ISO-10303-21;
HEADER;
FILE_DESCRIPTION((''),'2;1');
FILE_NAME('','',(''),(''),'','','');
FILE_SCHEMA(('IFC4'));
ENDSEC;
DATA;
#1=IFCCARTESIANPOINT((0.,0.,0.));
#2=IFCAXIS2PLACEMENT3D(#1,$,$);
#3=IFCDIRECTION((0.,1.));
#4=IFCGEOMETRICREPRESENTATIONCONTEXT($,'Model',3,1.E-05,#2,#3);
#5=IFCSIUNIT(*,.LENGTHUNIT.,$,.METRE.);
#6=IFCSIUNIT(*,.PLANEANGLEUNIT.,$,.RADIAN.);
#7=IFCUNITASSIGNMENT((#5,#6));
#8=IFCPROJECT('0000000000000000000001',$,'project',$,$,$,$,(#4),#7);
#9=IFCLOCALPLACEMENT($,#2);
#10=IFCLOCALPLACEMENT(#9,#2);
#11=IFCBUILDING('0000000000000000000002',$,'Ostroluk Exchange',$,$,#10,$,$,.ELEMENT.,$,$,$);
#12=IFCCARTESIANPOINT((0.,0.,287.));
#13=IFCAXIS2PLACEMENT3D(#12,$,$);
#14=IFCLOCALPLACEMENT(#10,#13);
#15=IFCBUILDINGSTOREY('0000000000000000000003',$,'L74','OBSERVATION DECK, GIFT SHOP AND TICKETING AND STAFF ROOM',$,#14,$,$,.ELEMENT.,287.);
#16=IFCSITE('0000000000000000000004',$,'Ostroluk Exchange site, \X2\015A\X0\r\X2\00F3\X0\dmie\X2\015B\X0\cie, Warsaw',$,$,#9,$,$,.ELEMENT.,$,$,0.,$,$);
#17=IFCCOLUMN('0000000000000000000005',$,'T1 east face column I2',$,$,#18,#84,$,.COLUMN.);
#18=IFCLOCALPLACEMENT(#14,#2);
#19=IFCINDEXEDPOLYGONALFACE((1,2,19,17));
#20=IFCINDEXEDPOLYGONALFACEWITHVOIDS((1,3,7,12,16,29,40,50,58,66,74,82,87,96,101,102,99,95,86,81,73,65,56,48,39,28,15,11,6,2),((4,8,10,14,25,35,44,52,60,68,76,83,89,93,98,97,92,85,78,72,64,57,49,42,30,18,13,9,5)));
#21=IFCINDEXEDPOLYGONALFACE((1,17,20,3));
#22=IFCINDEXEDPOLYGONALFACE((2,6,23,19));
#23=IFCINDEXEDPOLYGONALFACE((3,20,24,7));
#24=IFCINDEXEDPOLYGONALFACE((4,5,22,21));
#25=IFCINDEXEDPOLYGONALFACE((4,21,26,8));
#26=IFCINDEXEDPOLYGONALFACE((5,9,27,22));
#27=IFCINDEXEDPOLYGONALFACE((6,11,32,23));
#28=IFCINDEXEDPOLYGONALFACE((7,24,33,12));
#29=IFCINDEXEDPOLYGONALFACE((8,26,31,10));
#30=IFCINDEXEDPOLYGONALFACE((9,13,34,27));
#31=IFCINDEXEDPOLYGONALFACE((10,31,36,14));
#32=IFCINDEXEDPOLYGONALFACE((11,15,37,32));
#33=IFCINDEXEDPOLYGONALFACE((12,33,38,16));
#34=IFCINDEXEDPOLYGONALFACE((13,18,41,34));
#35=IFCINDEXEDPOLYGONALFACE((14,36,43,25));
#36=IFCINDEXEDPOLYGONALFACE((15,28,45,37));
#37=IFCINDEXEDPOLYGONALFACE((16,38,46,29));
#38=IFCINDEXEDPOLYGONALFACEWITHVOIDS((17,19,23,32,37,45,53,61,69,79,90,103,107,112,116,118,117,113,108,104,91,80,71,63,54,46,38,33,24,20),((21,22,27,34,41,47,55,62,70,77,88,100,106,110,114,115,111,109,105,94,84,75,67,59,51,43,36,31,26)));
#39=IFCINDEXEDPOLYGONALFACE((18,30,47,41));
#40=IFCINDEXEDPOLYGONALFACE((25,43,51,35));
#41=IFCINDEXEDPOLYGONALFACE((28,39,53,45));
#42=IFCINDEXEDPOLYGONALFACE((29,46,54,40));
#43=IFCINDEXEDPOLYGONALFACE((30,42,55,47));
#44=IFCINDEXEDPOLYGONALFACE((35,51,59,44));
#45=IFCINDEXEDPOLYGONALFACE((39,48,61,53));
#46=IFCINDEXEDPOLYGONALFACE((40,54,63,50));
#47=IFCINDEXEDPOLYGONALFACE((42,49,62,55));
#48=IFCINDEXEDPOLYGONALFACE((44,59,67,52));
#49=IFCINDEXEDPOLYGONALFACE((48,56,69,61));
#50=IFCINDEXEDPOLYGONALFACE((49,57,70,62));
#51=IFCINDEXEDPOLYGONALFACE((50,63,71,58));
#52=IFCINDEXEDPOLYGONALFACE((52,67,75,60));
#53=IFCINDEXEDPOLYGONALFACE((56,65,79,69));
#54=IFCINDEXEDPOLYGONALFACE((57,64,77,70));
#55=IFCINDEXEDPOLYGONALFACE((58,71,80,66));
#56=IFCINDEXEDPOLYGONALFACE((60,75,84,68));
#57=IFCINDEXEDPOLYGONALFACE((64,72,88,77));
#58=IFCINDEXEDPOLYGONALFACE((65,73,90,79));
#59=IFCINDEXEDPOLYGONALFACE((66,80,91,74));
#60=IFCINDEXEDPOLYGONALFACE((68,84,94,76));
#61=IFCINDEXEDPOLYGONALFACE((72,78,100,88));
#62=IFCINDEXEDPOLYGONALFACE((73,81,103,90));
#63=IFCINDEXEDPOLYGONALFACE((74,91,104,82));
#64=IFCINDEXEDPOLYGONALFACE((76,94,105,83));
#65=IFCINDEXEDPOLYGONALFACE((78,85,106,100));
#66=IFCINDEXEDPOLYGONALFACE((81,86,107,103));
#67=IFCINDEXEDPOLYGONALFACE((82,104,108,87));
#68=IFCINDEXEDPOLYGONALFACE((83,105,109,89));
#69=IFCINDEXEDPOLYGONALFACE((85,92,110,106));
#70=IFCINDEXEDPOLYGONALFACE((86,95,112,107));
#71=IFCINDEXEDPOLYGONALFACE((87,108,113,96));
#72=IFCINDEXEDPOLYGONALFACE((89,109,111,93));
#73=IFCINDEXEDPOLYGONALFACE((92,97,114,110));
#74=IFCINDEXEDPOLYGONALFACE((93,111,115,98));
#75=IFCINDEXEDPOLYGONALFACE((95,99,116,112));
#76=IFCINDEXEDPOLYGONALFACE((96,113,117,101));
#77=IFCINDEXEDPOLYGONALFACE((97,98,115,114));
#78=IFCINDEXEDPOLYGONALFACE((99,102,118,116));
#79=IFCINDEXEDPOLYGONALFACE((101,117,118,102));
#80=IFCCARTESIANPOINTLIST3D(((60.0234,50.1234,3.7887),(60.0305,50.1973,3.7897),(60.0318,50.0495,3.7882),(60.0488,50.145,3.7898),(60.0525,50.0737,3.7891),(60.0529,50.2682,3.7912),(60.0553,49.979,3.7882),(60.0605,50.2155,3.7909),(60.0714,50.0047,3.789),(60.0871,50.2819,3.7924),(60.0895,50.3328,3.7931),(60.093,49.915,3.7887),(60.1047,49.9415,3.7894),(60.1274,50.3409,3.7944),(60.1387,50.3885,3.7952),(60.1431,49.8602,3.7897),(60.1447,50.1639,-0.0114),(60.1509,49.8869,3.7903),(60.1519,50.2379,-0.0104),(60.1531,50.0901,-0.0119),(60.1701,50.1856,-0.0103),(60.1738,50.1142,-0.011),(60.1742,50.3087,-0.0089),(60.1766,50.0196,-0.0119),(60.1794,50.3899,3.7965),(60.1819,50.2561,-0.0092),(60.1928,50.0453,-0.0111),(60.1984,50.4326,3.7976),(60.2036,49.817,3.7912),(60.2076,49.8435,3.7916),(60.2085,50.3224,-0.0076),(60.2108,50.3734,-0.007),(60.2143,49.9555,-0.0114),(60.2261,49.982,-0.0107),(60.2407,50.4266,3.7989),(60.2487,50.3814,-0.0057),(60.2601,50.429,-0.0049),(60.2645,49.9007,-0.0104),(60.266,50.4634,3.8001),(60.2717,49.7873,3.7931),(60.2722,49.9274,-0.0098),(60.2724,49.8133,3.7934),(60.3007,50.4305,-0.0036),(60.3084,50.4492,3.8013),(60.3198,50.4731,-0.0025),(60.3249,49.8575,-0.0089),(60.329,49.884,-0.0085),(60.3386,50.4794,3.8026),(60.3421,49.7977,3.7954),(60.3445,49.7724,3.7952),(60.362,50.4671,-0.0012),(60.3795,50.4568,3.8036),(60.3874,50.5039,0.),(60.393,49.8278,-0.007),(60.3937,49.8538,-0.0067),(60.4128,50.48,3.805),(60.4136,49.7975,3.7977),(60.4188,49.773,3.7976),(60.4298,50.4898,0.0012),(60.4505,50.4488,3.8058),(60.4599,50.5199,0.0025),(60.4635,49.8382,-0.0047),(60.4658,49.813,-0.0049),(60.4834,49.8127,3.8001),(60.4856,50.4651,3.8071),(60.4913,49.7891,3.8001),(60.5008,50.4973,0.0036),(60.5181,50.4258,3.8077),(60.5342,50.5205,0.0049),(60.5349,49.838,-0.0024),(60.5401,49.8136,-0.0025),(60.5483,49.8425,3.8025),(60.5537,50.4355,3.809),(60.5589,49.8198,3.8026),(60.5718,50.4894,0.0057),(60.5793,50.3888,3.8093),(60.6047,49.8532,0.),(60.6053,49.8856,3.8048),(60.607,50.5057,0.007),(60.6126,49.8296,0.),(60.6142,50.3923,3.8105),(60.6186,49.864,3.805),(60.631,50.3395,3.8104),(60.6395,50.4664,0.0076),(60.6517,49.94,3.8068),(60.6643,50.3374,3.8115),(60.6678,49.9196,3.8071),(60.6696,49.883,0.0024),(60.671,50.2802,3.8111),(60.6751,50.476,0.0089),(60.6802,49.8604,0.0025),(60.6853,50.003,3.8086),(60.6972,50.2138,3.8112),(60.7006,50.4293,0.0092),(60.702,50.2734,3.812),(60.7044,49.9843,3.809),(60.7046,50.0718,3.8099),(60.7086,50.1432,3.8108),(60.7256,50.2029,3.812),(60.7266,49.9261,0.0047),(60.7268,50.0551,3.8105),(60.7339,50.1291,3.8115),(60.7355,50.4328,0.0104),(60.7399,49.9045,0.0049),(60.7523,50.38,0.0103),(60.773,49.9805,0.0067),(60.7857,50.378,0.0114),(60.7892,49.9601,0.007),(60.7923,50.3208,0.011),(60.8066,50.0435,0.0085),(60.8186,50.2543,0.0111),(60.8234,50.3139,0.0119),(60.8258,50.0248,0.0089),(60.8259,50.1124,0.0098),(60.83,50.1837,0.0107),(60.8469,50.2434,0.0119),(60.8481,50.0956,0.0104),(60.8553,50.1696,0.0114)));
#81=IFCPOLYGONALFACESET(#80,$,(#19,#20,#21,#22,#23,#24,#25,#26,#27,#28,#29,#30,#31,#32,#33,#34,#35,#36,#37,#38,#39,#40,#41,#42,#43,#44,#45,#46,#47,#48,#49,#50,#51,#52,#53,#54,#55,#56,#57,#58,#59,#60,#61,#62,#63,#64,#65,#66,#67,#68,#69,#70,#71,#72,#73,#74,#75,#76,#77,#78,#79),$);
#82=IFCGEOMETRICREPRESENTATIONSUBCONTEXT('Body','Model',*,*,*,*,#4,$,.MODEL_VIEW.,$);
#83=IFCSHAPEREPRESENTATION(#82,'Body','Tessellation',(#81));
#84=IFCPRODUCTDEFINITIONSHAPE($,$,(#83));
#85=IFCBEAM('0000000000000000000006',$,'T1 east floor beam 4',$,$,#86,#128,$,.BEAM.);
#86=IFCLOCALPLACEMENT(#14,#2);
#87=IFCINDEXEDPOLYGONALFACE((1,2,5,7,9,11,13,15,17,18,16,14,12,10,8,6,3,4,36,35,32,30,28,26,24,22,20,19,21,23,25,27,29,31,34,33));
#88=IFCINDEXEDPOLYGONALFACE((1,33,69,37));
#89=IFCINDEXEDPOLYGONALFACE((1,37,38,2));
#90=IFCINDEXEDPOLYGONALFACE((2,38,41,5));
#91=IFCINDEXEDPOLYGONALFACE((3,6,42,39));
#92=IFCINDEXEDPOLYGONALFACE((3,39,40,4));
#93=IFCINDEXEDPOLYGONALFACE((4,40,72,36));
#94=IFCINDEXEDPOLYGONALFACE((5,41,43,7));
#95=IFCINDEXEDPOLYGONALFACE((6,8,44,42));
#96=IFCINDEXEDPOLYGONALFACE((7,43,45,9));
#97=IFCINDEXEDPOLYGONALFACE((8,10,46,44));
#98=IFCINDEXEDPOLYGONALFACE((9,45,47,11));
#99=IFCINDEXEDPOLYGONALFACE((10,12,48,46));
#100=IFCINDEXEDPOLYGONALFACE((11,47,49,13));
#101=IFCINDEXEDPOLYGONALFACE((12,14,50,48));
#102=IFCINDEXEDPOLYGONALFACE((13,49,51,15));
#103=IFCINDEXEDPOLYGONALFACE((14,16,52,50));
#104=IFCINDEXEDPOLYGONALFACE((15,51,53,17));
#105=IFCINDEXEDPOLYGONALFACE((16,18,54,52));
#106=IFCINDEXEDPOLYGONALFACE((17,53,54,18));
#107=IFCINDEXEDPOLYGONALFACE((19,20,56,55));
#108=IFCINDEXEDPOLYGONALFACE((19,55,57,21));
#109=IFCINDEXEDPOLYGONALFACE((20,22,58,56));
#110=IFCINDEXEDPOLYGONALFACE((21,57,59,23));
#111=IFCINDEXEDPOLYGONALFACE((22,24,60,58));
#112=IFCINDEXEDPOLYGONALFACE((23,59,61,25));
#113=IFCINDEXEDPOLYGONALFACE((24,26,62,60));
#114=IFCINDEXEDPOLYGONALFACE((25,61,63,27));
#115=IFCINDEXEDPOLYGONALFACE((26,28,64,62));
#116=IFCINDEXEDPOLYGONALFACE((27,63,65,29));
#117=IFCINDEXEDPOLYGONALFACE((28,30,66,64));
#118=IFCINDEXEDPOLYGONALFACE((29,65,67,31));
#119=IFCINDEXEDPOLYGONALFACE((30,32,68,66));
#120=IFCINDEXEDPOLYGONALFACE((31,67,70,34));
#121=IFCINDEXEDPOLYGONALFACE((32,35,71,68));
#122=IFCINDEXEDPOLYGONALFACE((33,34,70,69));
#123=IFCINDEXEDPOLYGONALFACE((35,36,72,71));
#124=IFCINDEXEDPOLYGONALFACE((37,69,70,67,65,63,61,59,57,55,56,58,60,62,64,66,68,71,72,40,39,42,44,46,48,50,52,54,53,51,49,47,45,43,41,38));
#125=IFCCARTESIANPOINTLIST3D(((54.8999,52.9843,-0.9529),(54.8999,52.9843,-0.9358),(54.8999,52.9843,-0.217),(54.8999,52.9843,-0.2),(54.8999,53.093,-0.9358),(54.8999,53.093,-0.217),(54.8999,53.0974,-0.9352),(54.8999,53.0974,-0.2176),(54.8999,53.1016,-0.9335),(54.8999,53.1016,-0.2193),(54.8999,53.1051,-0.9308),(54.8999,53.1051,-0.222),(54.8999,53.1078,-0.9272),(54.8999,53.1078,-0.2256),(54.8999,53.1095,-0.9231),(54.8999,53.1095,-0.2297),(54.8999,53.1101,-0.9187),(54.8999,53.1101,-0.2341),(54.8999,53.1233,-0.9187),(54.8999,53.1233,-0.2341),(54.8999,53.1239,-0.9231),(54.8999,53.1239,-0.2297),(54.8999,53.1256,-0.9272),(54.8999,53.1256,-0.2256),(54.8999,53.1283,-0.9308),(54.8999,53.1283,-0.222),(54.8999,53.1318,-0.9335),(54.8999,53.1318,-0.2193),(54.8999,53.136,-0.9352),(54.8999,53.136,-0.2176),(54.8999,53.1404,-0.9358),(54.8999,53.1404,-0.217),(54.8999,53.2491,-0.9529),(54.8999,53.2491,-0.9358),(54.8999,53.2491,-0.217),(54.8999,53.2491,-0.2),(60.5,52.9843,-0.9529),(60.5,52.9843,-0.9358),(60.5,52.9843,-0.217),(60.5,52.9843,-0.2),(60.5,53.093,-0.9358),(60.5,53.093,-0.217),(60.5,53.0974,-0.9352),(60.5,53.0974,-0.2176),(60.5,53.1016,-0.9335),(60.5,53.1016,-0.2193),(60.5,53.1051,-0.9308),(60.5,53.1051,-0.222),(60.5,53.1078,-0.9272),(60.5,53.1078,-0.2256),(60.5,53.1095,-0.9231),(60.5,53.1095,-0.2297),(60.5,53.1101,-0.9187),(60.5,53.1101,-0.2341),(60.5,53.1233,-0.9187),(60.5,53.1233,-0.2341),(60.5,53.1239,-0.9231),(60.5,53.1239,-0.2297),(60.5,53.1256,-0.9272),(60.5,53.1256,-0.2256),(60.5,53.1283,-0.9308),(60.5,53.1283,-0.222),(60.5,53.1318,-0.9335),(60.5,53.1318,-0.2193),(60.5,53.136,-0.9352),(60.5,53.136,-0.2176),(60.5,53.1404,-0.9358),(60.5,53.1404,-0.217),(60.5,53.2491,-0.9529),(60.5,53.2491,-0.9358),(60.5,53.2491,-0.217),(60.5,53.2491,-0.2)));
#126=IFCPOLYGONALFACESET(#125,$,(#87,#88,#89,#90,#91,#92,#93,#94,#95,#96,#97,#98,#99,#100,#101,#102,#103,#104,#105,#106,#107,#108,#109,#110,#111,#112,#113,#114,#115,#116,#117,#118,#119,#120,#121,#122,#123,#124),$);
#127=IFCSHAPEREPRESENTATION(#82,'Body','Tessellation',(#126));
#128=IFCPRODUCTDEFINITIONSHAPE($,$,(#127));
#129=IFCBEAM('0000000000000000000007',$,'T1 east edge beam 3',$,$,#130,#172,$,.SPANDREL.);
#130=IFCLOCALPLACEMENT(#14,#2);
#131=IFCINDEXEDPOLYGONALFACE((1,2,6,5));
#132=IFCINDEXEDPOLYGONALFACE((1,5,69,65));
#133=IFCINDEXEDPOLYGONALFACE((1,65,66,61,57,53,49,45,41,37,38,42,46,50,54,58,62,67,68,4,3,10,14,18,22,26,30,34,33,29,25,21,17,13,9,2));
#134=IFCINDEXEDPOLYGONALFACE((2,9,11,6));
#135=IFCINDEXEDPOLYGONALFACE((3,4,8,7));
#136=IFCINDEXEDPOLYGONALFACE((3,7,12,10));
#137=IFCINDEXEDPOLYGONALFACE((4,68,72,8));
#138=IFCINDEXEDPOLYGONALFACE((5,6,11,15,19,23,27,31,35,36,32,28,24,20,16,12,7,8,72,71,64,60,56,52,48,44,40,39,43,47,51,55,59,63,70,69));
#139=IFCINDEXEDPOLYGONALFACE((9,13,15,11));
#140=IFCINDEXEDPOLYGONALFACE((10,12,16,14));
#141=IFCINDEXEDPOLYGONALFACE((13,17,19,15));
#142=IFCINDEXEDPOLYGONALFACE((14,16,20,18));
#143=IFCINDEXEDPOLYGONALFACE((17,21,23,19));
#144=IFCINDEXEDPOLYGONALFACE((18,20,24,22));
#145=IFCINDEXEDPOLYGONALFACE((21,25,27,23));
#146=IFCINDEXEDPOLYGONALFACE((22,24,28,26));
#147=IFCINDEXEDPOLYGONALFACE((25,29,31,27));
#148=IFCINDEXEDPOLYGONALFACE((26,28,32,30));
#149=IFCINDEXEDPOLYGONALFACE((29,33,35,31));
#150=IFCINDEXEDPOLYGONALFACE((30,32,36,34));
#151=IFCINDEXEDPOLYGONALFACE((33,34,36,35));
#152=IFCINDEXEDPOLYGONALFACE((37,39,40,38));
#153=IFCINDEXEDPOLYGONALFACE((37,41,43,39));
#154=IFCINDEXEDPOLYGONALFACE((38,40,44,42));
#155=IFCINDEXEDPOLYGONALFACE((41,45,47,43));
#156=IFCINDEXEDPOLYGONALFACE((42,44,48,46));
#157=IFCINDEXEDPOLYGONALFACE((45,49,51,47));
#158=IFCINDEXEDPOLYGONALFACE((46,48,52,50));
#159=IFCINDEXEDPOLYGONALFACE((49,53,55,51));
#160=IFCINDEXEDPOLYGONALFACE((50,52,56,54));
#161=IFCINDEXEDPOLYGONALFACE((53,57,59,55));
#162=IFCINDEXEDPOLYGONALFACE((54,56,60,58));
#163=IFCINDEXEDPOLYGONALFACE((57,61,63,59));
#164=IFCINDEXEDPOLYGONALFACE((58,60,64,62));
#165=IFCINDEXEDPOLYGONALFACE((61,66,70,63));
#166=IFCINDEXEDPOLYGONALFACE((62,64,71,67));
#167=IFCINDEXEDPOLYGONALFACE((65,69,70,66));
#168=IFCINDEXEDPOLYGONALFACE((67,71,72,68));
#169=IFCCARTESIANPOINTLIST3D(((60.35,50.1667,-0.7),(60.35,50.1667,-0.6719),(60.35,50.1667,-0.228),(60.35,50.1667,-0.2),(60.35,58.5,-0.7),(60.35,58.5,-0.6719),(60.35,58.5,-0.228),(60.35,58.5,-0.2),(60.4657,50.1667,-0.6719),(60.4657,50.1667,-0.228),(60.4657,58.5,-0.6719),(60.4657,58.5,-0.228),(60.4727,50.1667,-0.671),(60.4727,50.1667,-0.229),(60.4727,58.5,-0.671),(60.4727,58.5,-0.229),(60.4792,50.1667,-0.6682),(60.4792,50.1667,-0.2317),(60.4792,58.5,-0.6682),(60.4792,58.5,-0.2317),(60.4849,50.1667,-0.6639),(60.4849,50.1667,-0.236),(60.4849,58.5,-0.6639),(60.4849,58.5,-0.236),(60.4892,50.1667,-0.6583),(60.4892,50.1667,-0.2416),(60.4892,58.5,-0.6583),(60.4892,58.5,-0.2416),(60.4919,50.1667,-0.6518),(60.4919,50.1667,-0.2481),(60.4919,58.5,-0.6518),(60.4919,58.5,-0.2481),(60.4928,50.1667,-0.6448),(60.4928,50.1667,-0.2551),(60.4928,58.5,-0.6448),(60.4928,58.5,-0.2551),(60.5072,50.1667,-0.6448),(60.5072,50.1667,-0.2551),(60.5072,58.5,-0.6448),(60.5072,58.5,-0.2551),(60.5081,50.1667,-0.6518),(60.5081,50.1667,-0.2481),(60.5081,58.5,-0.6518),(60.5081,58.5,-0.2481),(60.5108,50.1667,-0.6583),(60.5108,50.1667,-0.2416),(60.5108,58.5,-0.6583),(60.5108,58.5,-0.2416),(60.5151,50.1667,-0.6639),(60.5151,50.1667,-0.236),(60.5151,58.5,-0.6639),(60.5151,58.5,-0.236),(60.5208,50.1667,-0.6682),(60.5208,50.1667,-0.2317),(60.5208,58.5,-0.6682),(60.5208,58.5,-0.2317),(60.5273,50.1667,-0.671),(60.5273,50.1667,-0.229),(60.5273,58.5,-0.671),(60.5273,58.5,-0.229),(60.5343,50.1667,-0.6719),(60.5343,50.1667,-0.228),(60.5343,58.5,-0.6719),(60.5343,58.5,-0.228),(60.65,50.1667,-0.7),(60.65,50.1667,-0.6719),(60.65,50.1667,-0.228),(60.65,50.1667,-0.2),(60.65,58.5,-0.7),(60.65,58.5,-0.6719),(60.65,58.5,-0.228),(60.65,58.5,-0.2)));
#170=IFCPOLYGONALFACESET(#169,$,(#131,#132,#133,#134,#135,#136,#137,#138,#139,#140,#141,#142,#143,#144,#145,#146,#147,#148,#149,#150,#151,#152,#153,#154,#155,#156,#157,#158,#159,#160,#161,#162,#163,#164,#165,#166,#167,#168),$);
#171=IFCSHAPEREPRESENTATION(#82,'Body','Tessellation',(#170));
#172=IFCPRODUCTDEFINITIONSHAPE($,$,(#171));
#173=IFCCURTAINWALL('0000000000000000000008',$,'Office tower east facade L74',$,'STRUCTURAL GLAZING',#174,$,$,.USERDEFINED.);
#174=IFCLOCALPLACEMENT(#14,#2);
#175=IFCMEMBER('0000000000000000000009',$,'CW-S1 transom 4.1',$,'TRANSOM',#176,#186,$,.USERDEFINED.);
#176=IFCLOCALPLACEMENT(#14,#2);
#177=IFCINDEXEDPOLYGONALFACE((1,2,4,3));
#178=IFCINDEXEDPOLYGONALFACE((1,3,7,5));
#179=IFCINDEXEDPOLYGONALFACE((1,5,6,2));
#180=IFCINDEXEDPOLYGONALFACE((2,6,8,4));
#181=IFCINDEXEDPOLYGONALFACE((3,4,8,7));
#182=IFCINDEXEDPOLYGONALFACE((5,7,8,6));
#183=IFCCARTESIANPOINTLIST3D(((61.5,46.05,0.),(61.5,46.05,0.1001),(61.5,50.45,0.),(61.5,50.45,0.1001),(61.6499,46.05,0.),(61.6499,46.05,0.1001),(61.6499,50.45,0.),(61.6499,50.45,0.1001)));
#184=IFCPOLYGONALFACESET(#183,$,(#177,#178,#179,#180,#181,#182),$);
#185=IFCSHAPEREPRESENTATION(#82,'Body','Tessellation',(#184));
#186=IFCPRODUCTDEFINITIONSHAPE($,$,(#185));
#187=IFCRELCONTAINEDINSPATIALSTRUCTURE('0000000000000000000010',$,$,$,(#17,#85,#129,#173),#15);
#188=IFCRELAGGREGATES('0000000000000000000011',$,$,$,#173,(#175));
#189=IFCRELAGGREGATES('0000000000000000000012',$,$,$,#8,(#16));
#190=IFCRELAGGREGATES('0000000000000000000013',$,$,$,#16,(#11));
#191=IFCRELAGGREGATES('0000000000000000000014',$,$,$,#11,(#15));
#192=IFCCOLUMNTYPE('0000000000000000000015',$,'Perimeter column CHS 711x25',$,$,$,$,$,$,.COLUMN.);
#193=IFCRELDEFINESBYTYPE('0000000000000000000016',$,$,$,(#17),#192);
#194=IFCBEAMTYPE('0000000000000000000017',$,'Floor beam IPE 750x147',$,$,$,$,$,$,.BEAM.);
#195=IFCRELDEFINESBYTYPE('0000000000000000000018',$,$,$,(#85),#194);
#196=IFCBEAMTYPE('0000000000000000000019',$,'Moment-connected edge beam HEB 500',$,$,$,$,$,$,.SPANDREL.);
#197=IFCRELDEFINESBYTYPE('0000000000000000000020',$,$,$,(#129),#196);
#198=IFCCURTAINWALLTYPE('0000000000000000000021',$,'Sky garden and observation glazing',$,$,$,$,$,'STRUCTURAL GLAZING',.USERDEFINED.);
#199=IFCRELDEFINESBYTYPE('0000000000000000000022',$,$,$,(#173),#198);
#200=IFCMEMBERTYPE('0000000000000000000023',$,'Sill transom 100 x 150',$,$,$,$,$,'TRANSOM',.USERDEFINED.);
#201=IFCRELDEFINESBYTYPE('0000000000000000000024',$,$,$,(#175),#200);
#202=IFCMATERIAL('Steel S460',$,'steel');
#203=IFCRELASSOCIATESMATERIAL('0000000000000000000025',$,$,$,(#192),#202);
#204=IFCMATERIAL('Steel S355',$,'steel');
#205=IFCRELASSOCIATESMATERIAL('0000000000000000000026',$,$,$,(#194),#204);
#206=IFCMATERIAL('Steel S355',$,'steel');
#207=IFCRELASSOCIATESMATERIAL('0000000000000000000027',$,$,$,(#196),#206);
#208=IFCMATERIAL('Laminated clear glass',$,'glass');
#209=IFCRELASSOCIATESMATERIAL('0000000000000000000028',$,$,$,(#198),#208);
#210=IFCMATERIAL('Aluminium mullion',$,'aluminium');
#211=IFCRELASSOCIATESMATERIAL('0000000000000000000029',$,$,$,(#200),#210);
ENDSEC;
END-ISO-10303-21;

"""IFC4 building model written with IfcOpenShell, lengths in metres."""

from ifc_helpers import new_model, si_unit, direction, frame, origin, origin_2d, place, context, subcontext, project, spatial, rectangle, hollow_circle, i_section, extrude, material, material_profile, profile_set, type_object, element, aggregate, save


model = new_model("IFC4")

# Units and contexts
model_context = context("Model", 3, precision=1e-05, world=origin(), true_north=direction((0.0, 1.0)))
body_context = subcontext(model_context, "Body", "Model", "MODEL_VIEW")
ifc_project = project(units=[si_unit("LENGTHUNIT", "METRE"), si_unit("PLANEANGLEUNIT", "RADIAN")], contexts=[model_context])

# Site, building, storey
site_placement = place(None, origin())
site = spatial("IfcSite", under=ifc_project, at=site_placement, Name="Ostroluk Exchange site, Śródmieście, Warsaw", CompositionType="ELEMENT", RefElevation=0.0)
building_placement = place(site_placement, origin())
building = spatial("IfcBuilding", under=site, at=building_placement, Name="Ostroluk Exchange", CompositionType="ELEMENT")
storey_placement = place(building_placement, frame((0.0, 0.0, 287.0)))
storey = spatial("IfcBuildingStorey", under=building, at=storey_placement, Name="L74", Description="OBSERVATION DECK, GIFT SHOP AND TICKETING AND STAFF ROOM", CompositionType="ELEMENT", Elevation=287.0)

# Column
ifc_material_1 = material(Name="Steel S460", Category="steel")
ifc_material_profile_1 = material_profile(ifc_material_1, hollow_circle(Radius=0.3555, WallThickness=0.0249, at=origin_2d()), Name="CHS 711x25")
ifc_profile_set_1 = profile_set([ifc_material_profile_1], Name="Steel S460")
column_type = type_object("IfcColumnType", Name="Perimeter column CHS 711x25", PredefinedType="COLUMN", material=ifc_profile_set_1)
column_placement = place(storey_placement, frame((60.5, 50.1667, 0.0), z_axis=(-0.031913, -0.010659, 0.999434), x_axis=(0.3168, -0.948492, 0.0)))
element("IfcColumn", 1, at=column_placement, inside=storey, type_object=column_type, Name="T1 east face column I2", PredefinedType="COLUMN", context=body_context, shape_type="SweptSolid", body=[
    extrude(hollow_circle(Radius=0.3555, WallThickness=0.0249, at=origin_2d()), origin(), (0.0, 0.0, 1.0), 3.8022),
])

# Beams
ifc_material_2 = material(Name="Steel S355", Category="steel")
ifc_material_profile_2 = material_profile(ifc_material_2, i_section(OverallWidth=0.2649, OverallDepth=0.7529, WebThickness=0.0132, FlangeThickness=0.0171, FilletRadius=0.0171, at=origin_2d()), Name="IPE 750x147")
ifc_profile_set_2 = profile_set([ifc_material_profile_2], Name="Steel S355")
beam_type_1 = type_object("IfcBeamType", Name="Floor beam IPE 750x147", PredefinedType="BEAM", material=ifc_profile_set_2)
beam_1_placement = place(storey_placement, frame((54.8999, 53.1167, -0.5764), z_axis=(1.0, 0.0, 0.0), x_axis=(0.0, 1.0, 0.0)))
element("IfcBeam", 2, at=beam_1_placement, inside=storey, type_object=beam_type_1, Name="T1 east floor beam 4", PredefinedType="BEAM", context=body_context, shape_type="SweptSolid", body=[
    extrude(i_section(OverallWidth=0.2649, OverallDepth=0.7529, WebThickness=0.0132, FlangeThickness=0.0171, FilletRadius=0.0171, at=origin_2d()), origin(), (0.0, 0.0, 1.0), 5.6001),
])
ifc_material_3 = material(Name="Steel S355", Category="steel")
ifc_material_profile_3 = material_profile(ifc_material_3, i_section(OverallWidth=0.3, OverallDepth=0.5, WebThickness=0.0144, FlangeThickness=0.0281, FilletRadius=0.0271, at=origin_2d()), Name="HEB 500")
ifc_profile_set_3 = profile_set([ifc_material_profile_3], Name="Steel S355")
beam_type_2 = type_object("IfcBeamType", Name="Moment-connected edge beam HEB 500", PredefinedType="SPANDREL", material=ifc_profile_set_3)
beam_2_placement = place(storey_placement, frame((60.5, 50.1667, -0.45), z_axis=(0.0, 1.0, 0.0), x_axis=(-1.0, 0.0, 0.0)))
element("IfcBeam", 3, at=beam_2_placement, inside=storey, type_object=beam_type_2, Name="T1 east edge beam 3", PredefinedType="SPANDREL", context=body_context, shape_type="SweptSolid", body=[
    extrude(i_section(OverallWidth=0.3, OverallDepth=0.5, WebThickness=0.0144, FlangeThickness=0.0281, FilletRadius=0.0271, at=origin_2d()), origin(), (0.0, 0.0, 1.0), 8.3333),
])

# Curtain wall, member
ifc_material_4 = material(Name="Laminated clear glass", Category="glass")
curtain_wall_type = type_object("IfcCurtainWallType", Name="Sky garden and observation glazing", ElementType="STRUCTURAL GLAZING", PredefinedType="USERDEFINED", material=ifc_material_4)
curtain_wall_placement = place(storey_placement, origin())
curtain_wall = element("IfcCurtainWall", 4, at=curtain_wall_placement, inside=storey, type_object=curtain_wall_type, Name="Office tower east facade L74", ObjectType="STRUCTURAL GLAZING", PredefinedType="USERDEFINED")
ifc_material_5 = material(Name="Aluminium mullion", Category="aluminium")
ifc_material_profile_4 = material_profile(ifc_material_5, rectangle(XDim=0.1499, YDim=0.1001, at=origin_2d()), Name="Sill transom 100 x 150")
ifc_profile_set_4 = profile_set([ifc_material_profile_4], Name="Aluminium mullion")
member_type_1 = type_object("IfcMemberType", Name="Sill transom 100 x 150", ElementType="TRANSOM", PredefinedType="USERDEFINED", material=ifc_profile_set_4)
member_1_placement = place(storey_placement, frame((61.575, 46.05, 0.05), z_axis=(0.0, 1.0, 0.0), x_axis=(-1.0, 0.0, 0.0)))
member_1 = element("IfcMember", 5, at=member_1_placement, type_object=member_type_1, Name="CW-S1 transom 4.1", ObjectType="TRANSOM", PredefinedType="USERDEFINED", context=body_context, shape_type="SweptSolid", body=[
    extrude(rectangle(XDim=0.1499, YDim=0.1001, at=origin_2d()), origin(), (0.0, 0.0, 1.0), 4.3999),
])
aggregate(curtain_wall, [member_1])

save(model, "model.ifc")
